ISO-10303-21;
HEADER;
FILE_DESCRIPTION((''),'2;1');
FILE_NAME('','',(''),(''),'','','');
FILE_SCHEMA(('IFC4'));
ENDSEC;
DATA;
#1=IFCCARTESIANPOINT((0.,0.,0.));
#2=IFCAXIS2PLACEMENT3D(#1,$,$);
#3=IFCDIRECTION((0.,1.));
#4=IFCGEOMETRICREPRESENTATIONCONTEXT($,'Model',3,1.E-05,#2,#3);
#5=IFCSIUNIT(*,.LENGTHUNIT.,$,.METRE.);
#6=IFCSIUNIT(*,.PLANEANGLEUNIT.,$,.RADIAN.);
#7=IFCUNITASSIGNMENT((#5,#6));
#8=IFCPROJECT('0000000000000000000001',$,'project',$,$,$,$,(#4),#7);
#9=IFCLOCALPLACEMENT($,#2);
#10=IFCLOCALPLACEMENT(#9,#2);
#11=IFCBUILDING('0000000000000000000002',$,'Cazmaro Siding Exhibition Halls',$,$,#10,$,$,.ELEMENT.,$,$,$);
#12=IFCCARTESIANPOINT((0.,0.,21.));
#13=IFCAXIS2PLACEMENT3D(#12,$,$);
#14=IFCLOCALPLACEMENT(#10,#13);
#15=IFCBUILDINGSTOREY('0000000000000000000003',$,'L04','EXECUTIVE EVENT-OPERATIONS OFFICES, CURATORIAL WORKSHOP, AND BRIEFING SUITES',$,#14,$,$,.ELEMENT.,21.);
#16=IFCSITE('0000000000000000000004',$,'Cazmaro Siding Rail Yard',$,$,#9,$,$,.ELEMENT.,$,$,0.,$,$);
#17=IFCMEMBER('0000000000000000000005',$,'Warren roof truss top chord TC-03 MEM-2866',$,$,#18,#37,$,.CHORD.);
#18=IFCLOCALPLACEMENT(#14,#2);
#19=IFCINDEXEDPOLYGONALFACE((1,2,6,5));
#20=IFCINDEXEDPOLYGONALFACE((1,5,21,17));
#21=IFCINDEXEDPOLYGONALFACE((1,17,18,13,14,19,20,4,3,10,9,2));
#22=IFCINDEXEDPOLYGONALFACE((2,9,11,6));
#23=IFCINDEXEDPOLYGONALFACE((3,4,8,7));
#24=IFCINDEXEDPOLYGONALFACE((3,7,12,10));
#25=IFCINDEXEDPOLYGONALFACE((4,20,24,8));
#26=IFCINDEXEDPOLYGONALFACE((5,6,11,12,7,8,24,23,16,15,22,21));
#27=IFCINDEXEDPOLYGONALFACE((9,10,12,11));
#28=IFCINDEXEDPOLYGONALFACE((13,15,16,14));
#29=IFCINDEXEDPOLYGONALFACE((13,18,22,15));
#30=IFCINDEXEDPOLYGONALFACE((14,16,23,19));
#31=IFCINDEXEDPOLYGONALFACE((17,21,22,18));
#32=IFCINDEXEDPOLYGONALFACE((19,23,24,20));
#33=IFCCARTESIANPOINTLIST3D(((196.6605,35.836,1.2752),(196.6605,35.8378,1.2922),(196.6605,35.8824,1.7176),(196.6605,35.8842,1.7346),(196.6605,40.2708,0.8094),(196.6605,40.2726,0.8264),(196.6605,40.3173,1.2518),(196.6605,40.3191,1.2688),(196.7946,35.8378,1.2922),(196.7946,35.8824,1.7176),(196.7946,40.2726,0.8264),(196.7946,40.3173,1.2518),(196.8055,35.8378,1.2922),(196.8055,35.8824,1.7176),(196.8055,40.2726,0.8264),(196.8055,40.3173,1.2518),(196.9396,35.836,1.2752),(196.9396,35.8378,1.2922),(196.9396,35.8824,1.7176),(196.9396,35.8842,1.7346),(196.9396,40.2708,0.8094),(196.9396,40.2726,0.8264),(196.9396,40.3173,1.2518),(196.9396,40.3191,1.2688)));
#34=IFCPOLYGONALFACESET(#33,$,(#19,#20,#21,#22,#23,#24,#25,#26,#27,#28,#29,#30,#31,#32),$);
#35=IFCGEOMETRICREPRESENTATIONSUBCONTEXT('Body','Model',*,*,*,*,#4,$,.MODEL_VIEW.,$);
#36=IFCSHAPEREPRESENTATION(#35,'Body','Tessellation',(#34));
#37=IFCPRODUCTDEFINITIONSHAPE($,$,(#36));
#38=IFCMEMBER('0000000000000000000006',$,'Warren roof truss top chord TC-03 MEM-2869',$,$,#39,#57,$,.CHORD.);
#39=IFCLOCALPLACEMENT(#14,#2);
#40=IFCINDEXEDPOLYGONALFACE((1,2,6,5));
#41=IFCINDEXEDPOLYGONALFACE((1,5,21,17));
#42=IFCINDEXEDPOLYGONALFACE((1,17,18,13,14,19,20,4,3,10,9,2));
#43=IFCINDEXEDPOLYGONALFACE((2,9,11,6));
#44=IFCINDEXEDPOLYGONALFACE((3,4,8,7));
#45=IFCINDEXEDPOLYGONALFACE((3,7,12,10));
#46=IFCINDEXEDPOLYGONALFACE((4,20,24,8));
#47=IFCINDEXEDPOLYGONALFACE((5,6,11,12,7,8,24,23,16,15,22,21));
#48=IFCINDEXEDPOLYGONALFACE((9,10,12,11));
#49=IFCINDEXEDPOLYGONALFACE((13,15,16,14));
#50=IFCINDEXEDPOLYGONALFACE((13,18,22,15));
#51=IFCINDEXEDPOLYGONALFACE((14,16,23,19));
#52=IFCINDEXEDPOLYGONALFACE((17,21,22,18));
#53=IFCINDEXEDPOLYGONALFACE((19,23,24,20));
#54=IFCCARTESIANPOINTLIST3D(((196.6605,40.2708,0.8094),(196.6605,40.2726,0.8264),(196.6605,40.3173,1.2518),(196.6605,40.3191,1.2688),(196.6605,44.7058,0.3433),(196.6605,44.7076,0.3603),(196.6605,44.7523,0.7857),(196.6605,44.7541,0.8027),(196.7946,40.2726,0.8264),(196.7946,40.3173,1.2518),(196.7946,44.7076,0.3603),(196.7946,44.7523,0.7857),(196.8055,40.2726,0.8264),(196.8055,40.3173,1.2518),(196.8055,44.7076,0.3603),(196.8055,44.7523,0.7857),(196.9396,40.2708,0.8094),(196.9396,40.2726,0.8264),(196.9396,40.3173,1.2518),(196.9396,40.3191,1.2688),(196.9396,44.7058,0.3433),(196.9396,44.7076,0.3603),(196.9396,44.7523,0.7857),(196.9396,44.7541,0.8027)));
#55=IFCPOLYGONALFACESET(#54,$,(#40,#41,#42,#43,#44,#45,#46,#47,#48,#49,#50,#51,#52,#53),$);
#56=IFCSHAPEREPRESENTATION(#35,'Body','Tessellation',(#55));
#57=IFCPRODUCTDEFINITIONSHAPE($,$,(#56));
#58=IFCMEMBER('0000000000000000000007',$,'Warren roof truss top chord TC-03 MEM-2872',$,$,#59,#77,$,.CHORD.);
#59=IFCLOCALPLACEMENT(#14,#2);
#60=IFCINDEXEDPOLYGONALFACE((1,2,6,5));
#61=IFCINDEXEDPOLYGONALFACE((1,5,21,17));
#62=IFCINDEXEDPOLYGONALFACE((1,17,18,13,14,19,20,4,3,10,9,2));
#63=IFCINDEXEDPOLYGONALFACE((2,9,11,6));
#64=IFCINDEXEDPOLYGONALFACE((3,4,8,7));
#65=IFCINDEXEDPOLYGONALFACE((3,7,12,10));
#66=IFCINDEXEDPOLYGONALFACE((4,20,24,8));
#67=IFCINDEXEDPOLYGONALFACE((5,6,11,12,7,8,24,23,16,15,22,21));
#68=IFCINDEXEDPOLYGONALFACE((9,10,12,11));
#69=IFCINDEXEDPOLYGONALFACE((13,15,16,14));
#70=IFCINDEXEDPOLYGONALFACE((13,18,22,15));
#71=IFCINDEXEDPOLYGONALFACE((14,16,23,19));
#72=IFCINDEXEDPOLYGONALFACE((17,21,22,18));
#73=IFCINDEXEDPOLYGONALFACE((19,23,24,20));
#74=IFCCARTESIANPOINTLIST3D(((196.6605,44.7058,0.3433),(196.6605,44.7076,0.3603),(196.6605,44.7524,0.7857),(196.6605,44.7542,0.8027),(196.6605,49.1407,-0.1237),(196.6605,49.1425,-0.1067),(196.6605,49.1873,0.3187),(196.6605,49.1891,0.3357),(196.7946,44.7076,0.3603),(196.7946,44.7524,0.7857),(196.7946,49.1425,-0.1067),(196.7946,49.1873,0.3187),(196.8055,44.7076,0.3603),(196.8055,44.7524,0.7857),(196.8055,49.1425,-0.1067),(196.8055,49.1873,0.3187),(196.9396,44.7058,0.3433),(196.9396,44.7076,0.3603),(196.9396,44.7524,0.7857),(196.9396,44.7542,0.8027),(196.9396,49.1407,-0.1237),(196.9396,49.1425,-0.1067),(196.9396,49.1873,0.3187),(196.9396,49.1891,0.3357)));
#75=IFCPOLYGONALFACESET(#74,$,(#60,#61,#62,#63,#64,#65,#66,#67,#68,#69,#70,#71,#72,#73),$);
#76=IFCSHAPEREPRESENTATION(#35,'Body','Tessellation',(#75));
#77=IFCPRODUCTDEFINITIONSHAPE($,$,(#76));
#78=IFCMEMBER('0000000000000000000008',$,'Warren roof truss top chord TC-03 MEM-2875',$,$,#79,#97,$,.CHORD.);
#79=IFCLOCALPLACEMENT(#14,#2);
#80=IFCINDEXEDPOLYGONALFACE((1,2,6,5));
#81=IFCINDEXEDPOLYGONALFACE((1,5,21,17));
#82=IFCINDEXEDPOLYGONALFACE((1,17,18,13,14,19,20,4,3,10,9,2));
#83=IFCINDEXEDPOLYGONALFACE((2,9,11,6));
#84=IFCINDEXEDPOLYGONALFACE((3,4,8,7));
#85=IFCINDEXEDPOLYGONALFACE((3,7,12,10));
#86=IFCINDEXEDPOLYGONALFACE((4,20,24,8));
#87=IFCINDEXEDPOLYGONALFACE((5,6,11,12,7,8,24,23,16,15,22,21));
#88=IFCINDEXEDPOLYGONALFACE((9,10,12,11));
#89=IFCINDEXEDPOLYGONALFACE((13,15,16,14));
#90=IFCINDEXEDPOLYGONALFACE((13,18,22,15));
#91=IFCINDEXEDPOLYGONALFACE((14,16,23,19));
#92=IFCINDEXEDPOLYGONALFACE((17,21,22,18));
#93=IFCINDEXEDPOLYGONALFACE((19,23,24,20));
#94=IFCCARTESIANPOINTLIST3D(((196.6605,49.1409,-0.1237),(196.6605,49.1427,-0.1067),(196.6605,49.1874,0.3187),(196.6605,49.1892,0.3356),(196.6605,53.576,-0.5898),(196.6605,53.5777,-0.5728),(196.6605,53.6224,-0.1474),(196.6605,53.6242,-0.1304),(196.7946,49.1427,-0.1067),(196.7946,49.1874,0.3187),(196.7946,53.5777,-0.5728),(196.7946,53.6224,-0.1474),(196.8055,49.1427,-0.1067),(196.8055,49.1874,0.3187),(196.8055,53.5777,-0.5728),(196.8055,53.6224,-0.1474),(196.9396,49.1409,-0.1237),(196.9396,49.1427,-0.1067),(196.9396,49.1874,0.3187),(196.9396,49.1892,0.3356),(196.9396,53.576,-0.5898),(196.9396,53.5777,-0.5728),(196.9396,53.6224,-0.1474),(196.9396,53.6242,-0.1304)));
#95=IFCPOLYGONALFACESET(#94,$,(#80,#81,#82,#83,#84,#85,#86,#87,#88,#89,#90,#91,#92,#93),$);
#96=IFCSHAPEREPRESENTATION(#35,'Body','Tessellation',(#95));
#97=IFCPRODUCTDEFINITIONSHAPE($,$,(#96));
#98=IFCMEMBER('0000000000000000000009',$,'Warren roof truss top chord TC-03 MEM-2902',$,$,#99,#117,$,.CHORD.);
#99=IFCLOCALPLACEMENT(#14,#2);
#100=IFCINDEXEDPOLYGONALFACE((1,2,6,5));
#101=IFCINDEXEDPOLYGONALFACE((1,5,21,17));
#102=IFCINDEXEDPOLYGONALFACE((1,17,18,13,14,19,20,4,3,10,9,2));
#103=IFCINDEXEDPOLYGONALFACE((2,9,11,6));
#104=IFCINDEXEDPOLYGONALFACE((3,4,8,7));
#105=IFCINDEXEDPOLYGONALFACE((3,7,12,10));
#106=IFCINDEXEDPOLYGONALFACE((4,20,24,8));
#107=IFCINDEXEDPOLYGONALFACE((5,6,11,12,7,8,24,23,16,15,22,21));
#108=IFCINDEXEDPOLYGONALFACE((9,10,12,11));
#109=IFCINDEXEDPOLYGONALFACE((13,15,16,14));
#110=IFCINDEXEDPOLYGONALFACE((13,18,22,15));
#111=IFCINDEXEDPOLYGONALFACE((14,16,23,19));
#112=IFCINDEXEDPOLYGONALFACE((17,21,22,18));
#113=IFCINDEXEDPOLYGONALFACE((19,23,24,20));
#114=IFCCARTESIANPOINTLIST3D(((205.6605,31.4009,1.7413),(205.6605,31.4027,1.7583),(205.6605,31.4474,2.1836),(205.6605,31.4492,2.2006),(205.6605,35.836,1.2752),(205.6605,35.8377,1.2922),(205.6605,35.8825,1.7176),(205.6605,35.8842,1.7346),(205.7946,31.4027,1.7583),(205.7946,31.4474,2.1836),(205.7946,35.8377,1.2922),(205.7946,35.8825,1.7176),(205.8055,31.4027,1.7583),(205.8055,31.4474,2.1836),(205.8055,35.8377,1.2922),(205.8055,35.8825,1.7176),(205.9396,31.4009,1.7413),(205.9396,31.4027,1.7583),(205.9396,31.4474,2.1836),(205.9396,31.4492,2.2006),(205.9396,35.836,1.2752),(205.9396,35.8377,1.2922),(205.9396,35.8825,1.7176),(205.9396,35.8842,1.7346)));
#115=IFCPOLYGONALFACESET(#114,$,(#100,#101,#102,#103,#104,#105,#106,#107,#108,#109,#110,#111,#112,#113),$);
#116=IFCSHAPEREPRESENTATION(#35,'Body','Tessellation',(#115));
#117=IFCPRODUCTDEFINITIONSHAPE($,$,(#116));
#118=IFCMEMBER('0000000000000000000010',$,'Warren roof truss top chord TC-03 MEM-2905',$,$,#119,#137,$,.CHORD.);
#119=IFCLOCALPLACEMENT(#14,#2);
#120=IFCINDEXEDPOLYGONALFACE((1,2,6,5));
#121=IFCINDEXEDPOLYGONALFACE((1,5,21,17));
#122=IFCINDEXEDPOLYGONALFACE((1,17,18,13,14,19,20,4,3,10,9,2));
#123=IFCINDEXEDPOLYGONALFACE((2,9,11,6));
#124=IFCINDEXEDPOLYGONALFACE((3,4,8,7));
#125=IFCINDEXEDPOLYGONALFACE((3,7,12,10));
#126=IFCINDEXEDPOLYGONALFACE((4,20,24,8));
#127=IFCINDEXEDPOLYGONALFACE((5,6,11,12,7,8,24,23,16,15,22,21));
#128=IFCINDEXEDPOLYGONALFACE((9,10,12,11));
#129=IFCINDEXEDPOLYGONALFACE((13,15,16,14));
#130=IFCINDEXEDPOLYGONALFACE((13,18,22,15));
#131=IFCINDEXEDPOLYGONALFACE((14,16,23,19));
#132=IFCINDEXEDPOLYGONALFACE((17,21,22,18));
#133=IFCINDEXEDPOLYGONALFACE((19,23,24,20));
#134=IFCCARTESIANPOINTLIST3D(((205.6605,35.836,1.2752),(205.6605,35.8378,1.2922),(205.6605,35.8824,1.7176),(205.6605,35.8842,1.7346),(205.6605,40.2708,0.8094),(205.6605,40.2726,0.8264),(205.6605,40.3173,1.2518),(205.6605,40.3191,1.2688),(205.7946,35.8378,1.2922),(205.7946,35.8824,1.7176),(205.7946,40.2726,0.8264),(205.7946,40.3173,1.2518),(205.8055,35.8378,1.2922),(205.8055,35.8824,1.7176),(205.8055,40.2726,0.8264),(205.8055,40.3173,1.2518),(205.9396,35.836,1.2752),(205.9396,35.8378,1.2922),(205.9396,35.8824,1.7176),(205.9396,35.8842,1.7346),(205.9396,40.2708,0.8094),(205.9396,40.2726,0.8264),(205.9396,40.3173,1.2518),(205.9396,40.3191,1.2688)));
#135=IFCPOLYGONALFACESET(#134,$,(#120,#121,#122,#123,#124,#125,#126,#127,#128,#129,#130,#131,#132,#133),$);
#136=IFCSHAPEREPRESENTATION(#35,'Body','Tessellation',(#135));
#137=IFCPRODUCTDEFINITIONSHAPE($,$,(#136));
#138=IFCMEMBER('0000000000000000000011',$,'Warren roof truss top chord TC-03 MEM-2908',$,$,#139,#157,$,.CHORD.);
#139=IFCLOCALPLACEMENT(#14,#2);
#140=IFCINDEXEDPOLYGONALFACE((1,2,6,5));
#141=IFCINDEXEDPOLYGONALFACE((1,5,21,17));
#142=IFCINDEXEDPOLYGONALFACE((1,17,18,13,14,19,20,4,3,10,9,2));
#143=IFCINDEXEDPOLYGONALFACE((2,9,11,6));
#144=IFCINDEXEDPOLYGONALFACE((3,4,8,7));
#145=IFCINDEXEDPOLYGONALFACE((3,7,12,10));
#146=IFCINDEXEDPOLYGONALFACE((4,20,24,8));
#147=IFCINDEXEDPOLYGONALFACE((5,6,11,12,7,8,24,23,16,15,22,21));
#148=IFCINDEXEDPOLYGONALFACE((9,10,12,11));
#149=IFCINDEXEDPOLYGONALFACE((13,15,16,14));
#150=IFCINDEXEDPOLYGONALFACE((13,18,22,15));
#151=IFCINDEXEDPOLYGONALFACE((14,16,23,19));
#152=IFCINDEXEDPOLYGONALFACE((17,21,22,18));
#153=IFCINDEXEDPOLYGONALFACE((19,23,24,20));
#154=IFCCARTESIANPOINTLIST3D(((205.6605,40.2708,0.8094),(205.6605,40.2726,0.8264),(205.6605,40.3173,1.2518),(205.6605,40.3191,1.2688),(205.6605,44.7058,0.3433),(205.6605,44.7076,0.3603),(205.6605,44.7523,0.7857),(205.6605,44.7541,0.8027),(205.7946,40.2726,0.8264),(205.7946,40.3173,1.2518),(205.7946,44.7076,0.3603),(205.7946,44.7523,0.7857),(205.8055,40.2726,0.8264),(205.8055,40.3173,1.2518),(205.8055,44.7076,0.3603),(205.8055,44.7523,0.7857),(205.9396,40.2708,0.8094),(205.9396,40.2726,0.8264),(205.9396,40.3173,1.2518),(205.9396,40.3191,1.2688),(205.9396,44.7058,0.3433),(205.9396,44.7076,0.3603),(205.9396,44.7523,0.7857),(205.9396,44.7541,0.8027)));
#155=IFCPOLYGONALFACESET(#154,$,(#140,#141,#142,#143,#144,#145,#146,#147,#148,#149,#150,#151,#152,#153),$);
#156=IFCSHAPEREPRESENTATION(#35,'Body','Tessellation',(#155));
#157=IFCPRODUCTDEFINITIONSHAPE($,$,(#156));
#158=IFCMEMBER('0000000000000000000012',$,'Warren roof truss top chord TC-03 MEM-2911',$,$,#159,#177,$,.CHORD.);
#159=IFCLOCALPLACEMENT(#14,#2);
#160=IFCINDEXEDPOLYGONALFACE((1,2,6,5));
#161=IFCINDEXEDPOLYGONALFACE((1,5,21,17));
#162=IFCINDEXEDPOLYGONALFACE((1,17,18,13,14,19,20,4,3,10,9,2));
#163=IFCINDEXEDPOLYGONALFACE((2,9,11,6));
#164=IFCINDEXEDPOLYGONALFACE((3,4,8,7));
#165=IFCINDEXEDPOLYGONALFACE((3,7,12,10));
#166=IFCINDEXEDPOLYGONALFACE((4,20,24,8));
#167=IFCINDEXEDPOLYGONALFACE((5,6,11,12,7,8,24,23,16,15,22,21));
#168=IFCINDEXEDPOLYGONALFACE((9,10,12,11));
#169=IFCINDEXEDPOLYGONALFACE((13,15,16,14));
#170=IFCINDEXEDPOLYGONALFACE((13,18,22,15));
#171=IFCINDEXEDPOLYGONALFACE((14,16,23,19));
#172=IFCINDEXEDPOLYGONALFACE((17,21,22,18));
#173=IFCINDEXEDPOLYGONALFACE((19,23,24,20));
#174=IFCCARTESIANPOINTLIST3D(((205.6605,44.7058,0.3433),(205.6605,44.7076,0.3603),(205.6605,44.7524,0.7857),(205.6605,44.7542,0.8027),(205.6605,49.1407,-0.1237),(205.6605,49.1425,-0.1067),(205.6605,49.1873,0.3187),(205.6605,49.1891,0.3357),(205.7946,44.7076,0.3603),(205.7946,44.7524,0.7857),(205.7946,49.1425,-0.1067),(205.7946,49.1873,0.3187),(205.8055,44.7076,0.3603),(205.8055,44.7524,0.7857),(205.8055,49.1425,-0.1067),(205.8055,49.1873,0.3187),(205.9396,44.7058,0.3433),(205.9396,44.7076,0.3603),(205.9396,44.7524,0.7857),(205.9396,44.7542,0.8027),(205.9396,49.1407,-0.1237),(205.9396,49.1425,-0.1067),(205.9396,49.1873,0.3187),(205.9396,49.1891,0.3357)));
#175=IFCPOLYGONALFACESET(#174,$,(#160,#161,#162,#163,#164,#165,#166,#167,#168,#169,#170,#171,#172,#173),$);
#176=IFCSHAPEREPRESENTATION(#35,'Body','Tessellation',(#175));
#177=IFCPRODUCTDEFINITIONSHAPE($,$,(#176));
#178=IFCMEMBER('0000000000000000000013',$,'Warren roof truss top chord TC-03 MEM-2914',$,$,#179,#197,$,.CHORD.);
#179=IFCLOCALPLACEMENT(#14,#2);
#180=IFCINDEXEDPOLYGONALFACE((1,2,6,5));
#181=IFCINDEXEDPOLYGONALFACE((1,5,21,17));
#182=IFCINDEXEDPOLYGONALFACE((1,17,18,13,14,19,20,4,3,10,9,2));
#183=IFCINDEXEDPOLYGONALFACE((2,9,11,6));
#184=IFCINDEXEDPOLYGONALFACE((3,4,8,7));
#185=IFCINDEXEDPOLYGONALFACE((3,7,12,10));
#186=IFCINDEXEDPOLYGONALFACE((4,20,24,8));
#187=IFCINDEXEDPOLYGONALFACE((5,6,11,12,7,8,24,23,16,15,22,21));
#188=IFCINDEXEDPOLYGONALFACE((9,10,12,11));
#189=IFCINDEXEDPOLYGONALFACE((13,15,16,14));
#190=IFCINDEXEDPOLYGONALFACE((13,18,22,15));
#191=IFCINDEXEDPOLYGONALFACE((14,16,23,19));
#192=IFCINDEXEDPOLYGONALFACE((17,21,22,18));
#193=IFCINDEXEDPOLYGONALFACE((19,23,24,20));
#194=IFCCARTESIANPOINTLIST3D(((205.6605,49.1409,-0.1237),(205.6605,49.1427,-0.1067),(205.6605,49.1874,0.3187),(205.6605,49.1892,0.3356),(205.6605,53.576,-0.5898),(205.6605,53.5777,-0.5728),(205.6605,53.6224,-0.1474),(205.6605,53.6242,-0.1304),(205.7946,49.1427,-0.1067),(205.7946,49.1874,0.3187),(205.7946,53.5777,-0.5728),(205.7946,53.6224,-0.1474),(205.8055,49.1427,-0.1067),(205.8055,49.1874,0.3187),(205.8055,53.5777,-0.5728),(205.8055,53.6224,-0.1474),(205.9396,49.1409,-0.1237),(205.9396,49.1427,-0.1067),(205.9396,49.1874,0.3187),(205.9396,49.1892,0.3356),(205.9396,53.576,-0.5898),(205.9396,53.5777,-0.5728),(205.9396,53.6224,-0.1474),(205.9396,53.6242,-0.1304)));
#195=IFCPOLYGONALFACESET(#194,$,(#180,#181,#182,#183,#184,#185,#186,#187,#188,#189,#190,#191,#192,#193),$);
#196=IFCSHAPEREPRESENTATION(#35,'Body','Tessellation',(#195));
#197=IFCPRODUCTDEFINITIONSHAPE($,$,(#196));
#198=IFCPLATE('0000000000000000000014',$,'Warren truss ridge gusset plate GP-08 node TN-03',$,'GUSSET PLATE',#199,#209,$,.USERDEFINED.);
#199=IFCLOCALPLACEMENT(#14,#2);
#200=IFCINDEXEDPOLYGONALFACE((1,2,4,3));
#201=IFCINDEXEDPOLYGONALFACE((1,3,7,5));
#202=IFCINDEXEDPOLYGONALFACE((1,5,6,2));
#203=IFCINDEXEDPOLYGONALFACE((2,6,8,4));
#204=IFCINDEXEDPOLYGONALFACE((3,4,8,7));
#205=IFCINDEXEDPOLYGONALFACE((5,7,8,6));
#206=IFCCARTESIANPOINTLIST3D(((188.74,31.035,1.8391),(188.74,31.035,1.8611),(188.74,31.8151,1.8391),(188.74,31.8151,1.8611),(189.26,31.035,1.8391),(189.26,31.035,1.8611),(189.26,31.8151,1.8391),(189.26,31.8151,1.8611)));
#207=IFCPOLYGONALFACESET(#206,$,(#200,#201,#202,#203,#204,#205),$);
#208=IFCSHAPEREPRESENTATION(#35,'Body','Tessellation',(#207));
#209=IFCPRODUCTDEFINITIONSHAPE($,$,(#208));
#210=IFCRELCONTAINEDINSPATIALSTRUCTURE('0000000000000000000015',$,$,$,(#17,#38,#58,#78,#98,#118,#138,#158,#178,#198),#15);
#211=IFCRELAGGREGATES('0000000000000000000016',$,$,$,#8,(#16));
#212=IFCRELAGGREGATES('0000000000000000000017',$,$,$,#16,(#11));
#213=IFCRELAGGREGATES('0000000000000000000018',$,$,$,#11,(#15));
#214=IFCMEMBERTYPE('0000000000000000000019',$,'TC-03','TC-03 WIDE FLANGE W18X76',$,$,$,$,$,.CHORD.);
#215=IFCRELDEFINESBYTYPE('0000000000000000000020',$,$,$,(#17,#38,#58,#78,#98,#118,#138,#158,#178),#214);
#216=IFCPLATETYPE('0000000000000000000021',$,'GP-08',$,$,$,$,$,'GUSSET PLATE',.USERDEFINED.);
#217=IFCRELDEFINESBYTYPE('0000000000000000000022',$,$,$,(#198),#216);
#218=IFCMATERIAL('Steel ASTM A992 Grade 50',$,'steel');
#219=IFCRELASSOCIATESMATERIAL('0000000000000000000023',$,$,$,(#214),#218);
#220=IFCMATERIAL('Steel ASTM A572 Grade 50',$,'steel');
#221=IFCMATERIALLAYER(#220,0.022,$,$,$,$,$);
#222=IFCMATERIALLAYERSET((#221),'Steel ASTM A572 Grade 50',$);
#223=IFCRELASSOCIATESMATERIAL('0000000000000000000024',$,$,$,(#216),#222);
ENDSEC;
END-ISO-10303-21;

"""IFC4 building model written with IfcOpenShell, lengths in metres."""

from ifc_helpers import new_model, si_unit, direction, frame, origin, origin_2d, place, context, subcontext, project, spatial, rectangle, i_section, extrude, material, layer, layer_set, material_profile, profile_set, type_object, element, save


model = new_model("IFC4")

# Units and contexts
model_context = context("Model", 3, precision=1e-05, world=origin(), true_north=direction((0.0, 1.0)))
body_context = subcontext(model_context, "Body", "Model", "MODEL_VIEW")
ifc_project = project(units=[si_unit("LENGTHUNIT", "METRE"), si_unit("PLANEANGLEUNIT", "RADIAN")], contexts=[model_context])

# Site, building, storey
site_placement = place(None, origin())
site = spatial("IfcSite", under=ifc_project, at=site_placement, Name="Cazmaro Siding Rail Yard", CompositionType="ELEMENT", RefElevation=0.0)
building_placement = place(site_placement, origin())
building = spatial("IfcBuilding", under=site, at=building_placement, Name="Cazmaro Siding Exhibition Halls", CompositionType="ELEMENT")
storey_placement = place(building_placement, frame((0.0, 0.0, 21.0)))
storey = spatial("IfcBuildingStorey", under=building, at=storey_placement, Name="L04", Description="EXECUTIVE EVENT-OPERATIONS OFFICES, CURATORIAL WORKSHOP, AND BRIEFING SUITES", CompositionType="ELEMENT", Elevation=21.0)

# Members
ifc_material_1 = material(Name="Steel ASTM A992 Grade 50", Category="steel")
ifc_material_profile_1 = material_profile(ifc_material_1, i_section(OverallWidth=0.2791, OverallDepth=0.4619, WebThickness=0.011, FlangeThickness=0.0171, at=origin_2d()), Name="W18X76")
ifc_profile_set_1 = profile_set([ifc_material_profile_1], Name="Steel ASTM A992 Grade 50")
member_type_1 = type_object("IfcMemberType", Name="TC-03", Description="TC-03 WIDE FLANGE W18X76", PredefinedType="CHORD", material=ifc_profile_set_1)
member_1_placement = place(storey_placement, frame((196.8, 35.8601, 1.5049), z_axis=(0.0, 0.994529, -0.104462), x_axis=(-1.0, 0.0, 0.0)))
element("IfcMember", 1, at=member_1_placement, inside=storey, type_object=member_type_1, Name="Warren roof truss top chord TC-03 MEM-2866", PredefinedType="CHORD", context=body_context, shape_type="SweptSolid", body=[
    extrude(i_section(OverallWidth=0.2791, OverallDepth=0.4619, WebThickness=0.011, FlangeThickness=0.0171, at=origin_2d()), origin(), (0.0, 0.0, 1.0), 4.4592),
])
for number, where, z_axis, x_axis, name in (
    (2, (196.8, 40.2949, 1.0391), (0.0, 0.994524, -0.104511), (-1.0, 0.0, 0.0), "Warren roof truss top chord TC-03 MEM-2869"),
    (3, (196.8, 44.73, 0.573), (0.0, 0.994501, -0.104728), (-1.0, 0.0, 0.0), "Warren roof truss top chord TC-03 MEM-2872"),
    (4, (196.8, 49.165, 0.106), (0.0, 0.994524, -0.104511), (-1.0, 0.0, 0.0), "Warren roof truss top chord TC-03 MEM-2875"),
    (5, (205.8, 31.425, 1.9709), (0.0, 0.994524, -0.104511), (-1.0, 0.0, 0.0), "Warren roof truss top chord TC-03 MEM-2902"),
):
    element("IfcMember", number, at=place(storey_placement, frame(where, z_axis=z_axis, x_axis=x_axis)), inside=storey, type_object=member_type_1, Name=name, PredefinedType="CHORD", context=body_context, shape_type="SweptSolid", body=[
        extrude(i_section(OverallWidth=0.2791, OverallDepth=0.4619, WebThickness=0.011, FlangeThickness=0.0171, at=origin_2d()), origin(), (0.0, 0.0, 1.0), 4.4595),
    ])
member_2_placement = place(storey_placement, frame((205.8, 35.8601, 1.5049), z_axis=(0.0, 0.994529, -0.104462), x_axis=(-1.0, 0.0, 0.0)))
element("IfcMember", 6, at=member_2_placement, inside=storey, type_object=member_type_1, Name="Warren roof truss top chord TC-03 MEM-2905", PredefinedType="CHORD", context=body_context, shape_type="SweptSolid", body=[
    extrude(i_section(OverallWidth=0.2791, OverallDepth=0.4619, WebThickness=0.011, FlangeThickness=0.0171, at=origin_2d()), origin(), (0.0, 0.0, 1.0), 4.4592),
])
for number, where, z_axis, x_axis, name in (
    (7, (205.8, 40.2949, 1.0391), (0.0, 0.994524, -0.104511), (-1.0, 0.0, 0.0), "Warren roof truss top chord TC-03 MEM-2908"),
    (8, (205.8, 44.73, 0.573), (0.0, 0.994501, -0.104728), (-1.0, 0.0, 0.0), "Warren roof truss top chord TC-03 MEM-2911"),
    (9, (205.8, 49.165, 0.106), (0.0, 0.994524, -0.104511), (-1.0, 0.0, 0.0), "Warren roof truss top chord TC-03 MEM-2914"),
):
    element("IfcMember", number, at=place(storey_placement, frame(where, z_axis=z_axis, x_axis=x_axis)), inside=storey, type_object=member_type_1, Name=name, PredefinedType="CHORD", context=body_context, shape_type="SweptSolid", body=[
        extrude(i_section(OverallWidth=0.2791, OverallDepth=0.4619, WebThickness=0.011, FlangeThickness=0.0171, at=origin_2d()), origin(), (0.0, 0.0, 1.0), 4.4595),
    ])

# Plate
ifc_material_2 = material(Name="Steel ASTM A572 Grade 50", Category="steel")
ifc_layer_1 = layer(ifc_material_2, 0.022)
ifc_layer_set_1 = layer_set([ifc_layer_1], Name="Steel ASTM A572 Grade 50")
plate_type_1 = type_object("IfcPlateType", Name="GP-08", ElementType="GUSSET PLATE", PredefinedType="USERDEFINED", material=ifc_layer_set_1)
plate_1_placement = place(storey_placement, frame((189.0, 31.425, 1.8391), z_axis=(0.0, 0.0, 1.0), x_axis=(0.0, 1.0, 0.0)))
element("IfcPlate", 10, at=plate_1_placement, inside=storey, type_object=plate_type_1, Name="Warren truss ridge gusset plate GP-08 node TN-03", ObjectType="GUSSET PLATE", PredefinedType="USERDEFINED", context=body_context, shape_type="SweptSolid", body=[
    extrude(rectangle(XDim=0.78, YDim=0.52, at=origin_2d()), origin(), (0.0, 0.0, 1.0), 0.022),
])

save(model, "model.ifc")
